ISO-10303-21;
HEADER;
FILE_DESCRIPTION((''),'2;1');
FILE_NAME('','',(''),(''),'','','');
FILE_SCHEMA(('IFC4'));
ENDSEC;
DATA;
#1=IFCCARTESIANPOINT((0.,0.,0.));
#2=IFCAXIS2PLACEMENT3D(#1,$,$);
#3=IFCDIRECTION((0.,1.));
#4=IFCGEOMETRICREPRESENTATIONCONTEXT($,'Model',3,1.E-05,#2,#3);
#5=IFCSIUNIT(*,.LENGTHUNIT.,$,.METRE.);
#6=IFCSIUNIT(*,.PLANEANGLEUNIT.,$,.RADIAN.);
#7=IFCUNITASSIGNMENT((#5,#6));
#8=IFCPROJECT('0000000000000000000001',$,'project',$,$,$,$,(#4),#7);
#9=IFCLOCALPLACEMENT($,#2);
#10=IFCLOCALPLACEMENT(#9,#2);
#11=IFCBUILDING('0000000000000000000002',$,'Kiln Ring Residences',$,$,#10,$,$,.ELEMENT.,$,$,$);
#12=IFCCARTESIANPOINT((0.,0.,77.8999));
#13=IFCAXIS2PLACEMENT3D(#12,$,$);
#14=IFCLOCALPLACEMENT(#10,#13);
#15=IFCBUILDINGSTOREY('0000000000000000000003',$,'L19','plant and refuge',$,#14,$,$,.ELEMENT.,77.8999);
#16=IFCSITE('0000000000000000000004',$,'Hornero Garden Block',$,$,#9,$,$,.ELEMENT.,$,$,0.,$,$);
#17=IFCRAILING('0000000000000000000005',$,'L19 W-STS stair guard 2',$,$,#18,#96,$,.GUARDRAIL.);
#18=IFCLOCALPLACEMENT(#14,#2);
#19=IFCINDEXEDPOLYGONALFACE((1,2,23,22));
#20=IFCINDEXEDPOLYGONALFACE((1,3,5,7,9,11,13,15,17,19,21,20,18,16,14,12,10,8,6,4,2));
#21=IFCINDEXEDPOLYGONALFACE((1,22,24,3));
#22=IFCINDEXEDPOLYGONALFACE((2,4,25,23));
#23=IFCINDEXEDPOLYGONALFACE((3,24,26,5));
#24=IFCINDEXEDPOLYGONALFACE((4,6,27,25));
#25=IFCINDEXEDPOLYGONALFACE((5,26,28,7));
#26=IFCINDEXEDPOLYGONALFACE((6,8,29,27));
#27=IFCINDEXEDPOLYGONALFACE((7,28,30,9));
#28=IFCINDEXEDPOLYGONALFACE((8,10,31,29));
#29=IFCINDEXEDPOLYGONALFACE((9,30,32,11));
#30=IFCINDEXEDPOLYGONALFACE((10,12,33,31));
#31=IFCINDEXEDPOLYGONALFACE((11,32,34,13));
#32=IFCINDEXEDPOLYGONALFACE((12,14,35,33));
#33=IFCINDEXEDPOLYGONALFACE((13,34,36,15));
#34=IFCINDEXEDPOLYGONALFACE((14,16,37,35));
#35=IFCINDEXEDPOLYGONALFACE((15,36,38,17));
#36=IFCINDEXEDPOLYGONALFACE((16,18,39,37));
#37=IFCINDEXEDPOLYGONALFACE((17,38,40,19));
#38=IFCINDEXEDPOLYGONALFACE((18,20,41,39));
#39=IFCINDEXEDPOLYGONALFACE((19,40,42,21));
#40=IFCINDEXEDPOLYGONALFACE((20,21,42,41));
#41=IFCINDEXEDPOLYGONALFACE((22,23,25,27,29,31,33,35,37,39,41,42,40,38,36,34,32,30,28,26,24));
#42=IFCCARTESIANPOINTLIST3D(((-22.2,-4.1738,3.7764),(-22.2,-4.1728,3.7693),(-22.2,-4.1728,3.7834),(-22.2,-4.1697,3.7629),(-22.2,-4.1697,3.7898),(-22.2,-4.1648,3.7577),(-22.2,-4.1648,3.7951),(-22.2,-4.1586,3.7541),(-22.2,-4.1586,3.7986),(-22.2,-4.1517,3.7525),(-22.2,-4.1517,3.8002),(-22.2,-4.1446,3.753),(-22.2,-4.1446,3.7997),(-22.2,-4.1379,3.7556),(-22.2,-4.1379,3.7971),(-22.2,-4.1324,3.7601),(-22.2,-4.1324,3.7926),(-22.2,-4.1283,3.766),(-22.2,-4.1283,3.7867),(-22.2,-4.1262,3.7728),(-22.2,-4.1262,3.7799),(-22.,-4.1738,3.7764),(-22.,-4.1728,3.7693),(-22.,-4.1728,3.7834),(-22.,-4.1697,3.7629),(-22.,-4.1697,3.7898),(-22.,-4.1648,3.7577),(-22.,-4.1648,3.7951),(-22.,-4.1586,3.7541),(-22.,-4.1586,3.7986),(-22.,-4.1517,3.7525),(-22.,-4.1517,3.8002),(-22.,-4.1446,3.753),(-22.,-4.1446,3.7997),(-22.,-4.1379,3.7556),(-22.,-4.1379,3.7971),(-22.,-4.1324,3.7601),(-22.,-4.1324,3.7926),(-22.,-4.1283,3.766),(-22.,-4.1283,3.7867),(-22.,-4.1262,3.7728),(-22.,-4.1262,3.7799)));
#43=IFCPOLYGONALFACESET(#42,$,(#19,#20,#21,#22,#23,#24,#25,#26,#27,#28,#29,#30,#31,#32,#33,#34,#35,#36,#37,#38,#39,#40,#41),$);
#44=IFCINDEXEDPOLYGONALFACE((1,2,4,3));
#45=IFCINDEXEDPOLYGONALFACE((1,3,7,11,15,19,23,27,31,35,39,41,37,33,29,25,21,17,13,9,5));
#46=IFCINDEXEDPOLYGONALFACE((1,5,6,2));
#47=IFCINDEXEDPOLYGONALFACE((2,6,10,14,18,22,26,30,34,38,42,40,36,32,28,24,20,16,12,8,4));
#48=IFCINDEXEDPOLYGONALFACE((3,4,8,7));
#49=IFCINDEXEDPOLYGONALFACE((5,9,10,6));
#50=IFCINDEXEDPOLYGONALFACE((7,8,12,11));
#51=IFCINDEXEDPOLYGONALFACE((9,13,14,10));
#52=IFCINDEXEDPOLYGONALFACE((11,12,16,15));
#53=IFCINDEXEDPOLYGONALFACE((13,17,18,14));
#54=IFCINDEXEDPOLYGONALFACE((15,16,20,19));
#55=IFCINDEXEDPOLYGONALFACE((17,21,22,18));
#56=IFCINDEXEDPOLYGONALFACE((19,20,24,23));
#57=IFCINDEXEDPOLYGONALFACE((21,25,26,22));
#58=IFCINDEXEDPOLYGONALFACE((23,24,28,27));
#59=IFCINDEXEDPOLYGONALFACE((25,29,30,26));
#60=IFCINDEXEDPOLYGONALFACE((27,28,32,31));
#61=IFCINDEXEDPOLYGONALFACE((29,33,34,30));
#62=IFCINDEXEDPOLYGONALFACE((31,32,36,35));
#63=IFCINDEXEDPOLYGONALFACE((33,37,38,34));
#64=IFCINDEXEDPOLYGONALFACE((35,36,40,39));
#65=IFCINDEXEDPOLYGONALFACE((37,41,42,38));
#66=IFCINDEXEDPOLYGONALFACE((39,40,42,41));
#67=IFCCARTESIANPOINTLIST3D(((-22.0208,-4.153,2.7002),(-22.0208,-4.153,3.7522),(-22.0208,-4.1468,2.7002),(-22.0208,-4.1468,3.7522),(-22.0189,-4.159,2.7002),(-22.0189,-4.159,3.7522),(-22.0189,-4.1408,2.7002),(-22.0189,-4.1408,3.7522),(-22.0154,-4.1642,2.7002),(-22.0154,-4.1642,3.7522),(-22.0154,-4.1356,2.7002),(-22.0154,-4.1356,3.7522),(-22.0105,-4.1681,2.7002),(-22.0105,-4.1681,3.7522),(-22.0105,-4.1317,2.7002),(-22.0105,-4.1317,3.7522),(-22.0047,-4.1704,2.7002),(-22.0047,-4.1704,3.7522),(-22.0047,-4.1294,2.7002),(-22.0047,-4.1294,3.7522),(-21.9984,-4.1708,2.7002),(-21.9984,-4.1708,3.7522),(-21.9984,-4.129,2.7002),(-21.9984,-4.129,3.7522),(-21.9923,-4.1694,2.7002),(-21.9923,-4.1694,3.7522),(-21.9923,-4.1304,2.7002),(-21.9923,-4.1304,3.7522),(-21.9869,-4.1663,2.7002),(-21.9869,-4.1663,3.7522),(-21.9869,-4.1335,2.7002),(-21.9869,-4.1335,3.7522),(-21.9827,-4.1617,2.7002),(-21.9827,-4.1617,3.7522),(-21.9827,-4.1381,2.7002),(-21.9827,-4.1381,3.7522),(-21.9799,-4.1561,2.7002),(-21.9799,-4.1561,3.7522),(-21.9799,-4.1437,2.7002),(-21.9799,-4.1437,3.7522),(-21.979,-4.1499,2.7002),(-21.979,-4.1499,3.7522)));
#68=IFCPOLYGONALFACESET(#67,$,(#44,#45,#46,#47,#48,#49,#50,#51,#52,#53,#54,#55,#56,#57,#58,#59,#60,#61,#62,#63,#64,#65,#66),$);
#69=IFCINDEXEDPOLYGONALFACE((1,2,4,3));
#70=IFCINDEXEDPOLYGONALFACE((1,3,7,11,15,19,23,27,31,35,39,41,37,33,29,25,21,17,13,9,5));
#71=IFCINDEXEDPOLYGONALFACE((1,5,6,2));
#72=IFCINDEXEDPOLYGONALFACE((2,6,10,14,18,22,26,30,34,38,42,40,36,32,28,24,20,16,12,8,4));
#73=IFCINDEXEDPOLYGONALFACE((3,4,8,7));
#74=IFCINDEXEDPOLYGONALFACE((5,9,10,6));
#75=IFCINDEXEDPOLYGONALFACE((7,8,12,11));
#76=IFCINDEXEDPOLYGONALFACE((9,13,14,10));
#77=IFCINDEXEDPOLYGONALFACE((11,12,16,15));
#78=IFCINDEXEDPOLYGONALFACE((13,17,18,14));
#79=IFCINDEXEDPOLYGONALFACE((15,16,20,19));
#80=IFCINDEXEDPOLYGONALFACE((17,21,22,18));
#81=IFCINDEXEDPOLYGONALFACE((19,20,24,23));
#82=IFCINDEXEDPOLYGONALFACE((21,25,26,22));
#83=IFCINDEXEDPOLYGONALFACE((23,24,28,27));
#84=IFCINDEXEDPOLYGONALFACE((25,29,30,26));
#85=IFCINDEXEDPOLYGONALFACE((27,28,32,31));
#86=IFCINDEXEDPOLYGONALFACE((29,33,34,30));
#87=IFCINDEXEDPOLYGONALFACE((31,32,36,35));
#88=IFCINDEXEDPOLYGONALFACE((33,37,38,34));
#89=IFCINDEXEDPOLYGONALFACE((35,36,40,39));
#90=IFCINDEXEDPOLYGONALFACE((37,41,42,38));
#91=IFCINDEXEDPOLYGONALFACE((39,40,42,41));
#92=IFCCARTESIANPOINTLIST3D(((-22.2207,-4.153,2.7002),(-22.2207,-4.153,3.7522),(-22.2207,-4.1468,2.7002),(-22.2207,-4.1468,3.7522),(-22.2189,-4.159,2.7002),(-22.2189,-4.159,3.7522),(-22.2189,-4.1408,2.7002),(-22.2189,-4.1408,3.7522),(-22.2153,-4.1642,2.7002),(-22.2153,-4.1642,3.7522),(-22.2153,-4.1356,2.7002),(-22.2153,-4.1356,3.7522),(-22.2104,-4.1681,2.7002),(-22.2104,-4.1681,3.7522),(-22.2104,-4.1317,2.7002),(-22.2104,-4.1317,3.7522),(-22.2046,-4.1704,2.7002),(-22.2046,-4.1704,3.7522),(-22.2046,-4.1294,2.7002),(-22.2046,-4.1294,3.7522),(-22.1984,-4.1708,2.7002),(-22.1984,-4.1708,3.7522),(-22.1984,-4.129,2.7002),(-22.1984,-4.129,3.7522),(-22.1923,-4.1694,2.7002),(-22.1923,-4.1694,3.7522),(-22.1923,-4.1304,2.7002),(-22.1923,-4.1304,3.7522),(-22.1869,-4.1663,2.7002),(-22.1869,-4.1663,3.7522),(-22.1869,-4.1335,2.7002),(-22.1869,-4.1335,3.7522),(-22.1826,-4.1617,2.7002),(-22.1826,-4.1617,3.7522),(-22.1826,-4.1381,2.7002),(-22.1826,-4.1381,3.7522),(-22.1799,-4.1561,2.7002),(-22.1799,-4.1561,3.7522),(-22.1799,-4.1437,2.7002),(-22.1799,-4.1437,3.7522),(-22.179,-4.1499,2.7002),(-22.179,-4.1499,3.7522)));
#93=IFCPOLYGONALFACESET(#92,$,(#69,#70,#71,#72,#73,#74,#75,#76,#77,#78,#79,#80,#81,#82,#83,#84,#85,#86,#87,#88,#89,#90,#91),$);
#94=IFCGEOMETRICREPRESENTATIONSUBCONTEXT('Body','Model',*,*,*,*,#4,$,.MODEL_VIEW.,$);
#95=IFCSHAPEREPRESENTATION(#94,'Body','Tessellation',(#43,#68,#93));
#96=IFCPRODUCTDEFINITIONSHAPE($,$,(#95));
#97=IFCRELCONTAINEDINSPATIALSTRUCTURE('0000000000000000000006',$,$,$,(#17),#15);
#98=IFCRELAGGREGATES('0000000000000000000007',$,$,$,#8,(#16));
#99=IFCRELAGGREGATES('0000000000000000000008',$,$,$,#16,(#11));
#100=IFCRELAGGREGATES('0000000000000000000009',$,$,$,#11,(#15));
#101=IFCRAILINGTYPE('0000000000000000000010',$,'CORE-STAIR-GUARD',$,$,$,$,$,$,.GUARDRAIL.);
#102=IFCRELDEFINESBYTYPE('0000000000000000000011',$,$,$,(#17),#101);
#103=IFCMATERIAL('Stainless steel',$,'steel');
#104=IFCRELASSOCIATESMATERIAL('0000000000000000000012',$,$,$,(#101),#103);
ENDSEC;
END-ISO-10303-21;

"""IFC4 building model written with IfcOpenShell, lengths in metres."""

from ifc_helpers import new_model, si_unit, direction, frame, origin, origin_2d, place, context, subcontext, project, spatial, circle, extrude, material, type_object, element, save


model = new_model("IFC4")

# Units and contexts
model_context = context("Model", 3, precision=1e-05, world=origin(), true_north=direction((0.0, 1.0)))
body_context = subcontext(model_context, "Body", "Model", "MODEL_VIEW")
ifc_project = project(units=[si_unit("LENGTHUNIT", "METRE"), si_unit("PLANEANGLEUNIT", "RADIAN")], contexts=[model_context])

# Site, building, storey
site_placement = place(None, origin())
site = spatial("IfcSite", under=ifc_project, at=site_placement, Name="Hornero Garden Block", CompositionType="ELEMENT", RefElevation=0.0)
building_placement = place(site_placement, origin())
building = spatial("IfcBuilding", under=site, at=building_placement, Name="Kiln Ring Residences", CompositionType="ELEMENT")
storey_placement = place(building_placement, frame((0.0, 0.0, 77.8999)))
storey = spatial("IfcBuildingStorey", under=building, at=storey_placement, Name="L19", Description="plant and refuge", CompositionType="ELEMENT", Elevation=77.8999)

# Railing
ifc_material_1 = material(Name="Stainless steel", Category="steel")
railing_type_1 = type_object("IfcRailingType", Name="CORE-STAIR-GUARD", PredefinedType="GUARDRAIL", material=ifc_material_1)
railing_1_placement = place(storey_placement, frame((-22.0, -4.1499, 2.7002)))
element("IfcRailing", 1, at=railing_1_placement, inside=storey, type_object=railing_type_1, Name="L19 W-STS stair guard 2", PredefinedType="GUARDRAIL", context=body_context, shape_type="SweptSolid", body=[
    extrude(circle(Radius=0.0239, at=origin_2d()), frame((0.0, 0.0, 1.0762), z_axis=(-1.0, 0.0, 0.0), x_axis=(0.0, -1.0, 0.0)), (0.0, 0.0, 1.0), 0.2),
    extrude(circle(Radius=0.021, at=origin_2d()), origin(), (0.0, 0.0, 1.0), 1.052),
    extrude(circle(Radius=0.021, at=origin_2d()), frame((-0.2, 0.0, 0.0)), (0.0, 0.0, 1.0), 1.052),
])

save(model, "model.ifc")
